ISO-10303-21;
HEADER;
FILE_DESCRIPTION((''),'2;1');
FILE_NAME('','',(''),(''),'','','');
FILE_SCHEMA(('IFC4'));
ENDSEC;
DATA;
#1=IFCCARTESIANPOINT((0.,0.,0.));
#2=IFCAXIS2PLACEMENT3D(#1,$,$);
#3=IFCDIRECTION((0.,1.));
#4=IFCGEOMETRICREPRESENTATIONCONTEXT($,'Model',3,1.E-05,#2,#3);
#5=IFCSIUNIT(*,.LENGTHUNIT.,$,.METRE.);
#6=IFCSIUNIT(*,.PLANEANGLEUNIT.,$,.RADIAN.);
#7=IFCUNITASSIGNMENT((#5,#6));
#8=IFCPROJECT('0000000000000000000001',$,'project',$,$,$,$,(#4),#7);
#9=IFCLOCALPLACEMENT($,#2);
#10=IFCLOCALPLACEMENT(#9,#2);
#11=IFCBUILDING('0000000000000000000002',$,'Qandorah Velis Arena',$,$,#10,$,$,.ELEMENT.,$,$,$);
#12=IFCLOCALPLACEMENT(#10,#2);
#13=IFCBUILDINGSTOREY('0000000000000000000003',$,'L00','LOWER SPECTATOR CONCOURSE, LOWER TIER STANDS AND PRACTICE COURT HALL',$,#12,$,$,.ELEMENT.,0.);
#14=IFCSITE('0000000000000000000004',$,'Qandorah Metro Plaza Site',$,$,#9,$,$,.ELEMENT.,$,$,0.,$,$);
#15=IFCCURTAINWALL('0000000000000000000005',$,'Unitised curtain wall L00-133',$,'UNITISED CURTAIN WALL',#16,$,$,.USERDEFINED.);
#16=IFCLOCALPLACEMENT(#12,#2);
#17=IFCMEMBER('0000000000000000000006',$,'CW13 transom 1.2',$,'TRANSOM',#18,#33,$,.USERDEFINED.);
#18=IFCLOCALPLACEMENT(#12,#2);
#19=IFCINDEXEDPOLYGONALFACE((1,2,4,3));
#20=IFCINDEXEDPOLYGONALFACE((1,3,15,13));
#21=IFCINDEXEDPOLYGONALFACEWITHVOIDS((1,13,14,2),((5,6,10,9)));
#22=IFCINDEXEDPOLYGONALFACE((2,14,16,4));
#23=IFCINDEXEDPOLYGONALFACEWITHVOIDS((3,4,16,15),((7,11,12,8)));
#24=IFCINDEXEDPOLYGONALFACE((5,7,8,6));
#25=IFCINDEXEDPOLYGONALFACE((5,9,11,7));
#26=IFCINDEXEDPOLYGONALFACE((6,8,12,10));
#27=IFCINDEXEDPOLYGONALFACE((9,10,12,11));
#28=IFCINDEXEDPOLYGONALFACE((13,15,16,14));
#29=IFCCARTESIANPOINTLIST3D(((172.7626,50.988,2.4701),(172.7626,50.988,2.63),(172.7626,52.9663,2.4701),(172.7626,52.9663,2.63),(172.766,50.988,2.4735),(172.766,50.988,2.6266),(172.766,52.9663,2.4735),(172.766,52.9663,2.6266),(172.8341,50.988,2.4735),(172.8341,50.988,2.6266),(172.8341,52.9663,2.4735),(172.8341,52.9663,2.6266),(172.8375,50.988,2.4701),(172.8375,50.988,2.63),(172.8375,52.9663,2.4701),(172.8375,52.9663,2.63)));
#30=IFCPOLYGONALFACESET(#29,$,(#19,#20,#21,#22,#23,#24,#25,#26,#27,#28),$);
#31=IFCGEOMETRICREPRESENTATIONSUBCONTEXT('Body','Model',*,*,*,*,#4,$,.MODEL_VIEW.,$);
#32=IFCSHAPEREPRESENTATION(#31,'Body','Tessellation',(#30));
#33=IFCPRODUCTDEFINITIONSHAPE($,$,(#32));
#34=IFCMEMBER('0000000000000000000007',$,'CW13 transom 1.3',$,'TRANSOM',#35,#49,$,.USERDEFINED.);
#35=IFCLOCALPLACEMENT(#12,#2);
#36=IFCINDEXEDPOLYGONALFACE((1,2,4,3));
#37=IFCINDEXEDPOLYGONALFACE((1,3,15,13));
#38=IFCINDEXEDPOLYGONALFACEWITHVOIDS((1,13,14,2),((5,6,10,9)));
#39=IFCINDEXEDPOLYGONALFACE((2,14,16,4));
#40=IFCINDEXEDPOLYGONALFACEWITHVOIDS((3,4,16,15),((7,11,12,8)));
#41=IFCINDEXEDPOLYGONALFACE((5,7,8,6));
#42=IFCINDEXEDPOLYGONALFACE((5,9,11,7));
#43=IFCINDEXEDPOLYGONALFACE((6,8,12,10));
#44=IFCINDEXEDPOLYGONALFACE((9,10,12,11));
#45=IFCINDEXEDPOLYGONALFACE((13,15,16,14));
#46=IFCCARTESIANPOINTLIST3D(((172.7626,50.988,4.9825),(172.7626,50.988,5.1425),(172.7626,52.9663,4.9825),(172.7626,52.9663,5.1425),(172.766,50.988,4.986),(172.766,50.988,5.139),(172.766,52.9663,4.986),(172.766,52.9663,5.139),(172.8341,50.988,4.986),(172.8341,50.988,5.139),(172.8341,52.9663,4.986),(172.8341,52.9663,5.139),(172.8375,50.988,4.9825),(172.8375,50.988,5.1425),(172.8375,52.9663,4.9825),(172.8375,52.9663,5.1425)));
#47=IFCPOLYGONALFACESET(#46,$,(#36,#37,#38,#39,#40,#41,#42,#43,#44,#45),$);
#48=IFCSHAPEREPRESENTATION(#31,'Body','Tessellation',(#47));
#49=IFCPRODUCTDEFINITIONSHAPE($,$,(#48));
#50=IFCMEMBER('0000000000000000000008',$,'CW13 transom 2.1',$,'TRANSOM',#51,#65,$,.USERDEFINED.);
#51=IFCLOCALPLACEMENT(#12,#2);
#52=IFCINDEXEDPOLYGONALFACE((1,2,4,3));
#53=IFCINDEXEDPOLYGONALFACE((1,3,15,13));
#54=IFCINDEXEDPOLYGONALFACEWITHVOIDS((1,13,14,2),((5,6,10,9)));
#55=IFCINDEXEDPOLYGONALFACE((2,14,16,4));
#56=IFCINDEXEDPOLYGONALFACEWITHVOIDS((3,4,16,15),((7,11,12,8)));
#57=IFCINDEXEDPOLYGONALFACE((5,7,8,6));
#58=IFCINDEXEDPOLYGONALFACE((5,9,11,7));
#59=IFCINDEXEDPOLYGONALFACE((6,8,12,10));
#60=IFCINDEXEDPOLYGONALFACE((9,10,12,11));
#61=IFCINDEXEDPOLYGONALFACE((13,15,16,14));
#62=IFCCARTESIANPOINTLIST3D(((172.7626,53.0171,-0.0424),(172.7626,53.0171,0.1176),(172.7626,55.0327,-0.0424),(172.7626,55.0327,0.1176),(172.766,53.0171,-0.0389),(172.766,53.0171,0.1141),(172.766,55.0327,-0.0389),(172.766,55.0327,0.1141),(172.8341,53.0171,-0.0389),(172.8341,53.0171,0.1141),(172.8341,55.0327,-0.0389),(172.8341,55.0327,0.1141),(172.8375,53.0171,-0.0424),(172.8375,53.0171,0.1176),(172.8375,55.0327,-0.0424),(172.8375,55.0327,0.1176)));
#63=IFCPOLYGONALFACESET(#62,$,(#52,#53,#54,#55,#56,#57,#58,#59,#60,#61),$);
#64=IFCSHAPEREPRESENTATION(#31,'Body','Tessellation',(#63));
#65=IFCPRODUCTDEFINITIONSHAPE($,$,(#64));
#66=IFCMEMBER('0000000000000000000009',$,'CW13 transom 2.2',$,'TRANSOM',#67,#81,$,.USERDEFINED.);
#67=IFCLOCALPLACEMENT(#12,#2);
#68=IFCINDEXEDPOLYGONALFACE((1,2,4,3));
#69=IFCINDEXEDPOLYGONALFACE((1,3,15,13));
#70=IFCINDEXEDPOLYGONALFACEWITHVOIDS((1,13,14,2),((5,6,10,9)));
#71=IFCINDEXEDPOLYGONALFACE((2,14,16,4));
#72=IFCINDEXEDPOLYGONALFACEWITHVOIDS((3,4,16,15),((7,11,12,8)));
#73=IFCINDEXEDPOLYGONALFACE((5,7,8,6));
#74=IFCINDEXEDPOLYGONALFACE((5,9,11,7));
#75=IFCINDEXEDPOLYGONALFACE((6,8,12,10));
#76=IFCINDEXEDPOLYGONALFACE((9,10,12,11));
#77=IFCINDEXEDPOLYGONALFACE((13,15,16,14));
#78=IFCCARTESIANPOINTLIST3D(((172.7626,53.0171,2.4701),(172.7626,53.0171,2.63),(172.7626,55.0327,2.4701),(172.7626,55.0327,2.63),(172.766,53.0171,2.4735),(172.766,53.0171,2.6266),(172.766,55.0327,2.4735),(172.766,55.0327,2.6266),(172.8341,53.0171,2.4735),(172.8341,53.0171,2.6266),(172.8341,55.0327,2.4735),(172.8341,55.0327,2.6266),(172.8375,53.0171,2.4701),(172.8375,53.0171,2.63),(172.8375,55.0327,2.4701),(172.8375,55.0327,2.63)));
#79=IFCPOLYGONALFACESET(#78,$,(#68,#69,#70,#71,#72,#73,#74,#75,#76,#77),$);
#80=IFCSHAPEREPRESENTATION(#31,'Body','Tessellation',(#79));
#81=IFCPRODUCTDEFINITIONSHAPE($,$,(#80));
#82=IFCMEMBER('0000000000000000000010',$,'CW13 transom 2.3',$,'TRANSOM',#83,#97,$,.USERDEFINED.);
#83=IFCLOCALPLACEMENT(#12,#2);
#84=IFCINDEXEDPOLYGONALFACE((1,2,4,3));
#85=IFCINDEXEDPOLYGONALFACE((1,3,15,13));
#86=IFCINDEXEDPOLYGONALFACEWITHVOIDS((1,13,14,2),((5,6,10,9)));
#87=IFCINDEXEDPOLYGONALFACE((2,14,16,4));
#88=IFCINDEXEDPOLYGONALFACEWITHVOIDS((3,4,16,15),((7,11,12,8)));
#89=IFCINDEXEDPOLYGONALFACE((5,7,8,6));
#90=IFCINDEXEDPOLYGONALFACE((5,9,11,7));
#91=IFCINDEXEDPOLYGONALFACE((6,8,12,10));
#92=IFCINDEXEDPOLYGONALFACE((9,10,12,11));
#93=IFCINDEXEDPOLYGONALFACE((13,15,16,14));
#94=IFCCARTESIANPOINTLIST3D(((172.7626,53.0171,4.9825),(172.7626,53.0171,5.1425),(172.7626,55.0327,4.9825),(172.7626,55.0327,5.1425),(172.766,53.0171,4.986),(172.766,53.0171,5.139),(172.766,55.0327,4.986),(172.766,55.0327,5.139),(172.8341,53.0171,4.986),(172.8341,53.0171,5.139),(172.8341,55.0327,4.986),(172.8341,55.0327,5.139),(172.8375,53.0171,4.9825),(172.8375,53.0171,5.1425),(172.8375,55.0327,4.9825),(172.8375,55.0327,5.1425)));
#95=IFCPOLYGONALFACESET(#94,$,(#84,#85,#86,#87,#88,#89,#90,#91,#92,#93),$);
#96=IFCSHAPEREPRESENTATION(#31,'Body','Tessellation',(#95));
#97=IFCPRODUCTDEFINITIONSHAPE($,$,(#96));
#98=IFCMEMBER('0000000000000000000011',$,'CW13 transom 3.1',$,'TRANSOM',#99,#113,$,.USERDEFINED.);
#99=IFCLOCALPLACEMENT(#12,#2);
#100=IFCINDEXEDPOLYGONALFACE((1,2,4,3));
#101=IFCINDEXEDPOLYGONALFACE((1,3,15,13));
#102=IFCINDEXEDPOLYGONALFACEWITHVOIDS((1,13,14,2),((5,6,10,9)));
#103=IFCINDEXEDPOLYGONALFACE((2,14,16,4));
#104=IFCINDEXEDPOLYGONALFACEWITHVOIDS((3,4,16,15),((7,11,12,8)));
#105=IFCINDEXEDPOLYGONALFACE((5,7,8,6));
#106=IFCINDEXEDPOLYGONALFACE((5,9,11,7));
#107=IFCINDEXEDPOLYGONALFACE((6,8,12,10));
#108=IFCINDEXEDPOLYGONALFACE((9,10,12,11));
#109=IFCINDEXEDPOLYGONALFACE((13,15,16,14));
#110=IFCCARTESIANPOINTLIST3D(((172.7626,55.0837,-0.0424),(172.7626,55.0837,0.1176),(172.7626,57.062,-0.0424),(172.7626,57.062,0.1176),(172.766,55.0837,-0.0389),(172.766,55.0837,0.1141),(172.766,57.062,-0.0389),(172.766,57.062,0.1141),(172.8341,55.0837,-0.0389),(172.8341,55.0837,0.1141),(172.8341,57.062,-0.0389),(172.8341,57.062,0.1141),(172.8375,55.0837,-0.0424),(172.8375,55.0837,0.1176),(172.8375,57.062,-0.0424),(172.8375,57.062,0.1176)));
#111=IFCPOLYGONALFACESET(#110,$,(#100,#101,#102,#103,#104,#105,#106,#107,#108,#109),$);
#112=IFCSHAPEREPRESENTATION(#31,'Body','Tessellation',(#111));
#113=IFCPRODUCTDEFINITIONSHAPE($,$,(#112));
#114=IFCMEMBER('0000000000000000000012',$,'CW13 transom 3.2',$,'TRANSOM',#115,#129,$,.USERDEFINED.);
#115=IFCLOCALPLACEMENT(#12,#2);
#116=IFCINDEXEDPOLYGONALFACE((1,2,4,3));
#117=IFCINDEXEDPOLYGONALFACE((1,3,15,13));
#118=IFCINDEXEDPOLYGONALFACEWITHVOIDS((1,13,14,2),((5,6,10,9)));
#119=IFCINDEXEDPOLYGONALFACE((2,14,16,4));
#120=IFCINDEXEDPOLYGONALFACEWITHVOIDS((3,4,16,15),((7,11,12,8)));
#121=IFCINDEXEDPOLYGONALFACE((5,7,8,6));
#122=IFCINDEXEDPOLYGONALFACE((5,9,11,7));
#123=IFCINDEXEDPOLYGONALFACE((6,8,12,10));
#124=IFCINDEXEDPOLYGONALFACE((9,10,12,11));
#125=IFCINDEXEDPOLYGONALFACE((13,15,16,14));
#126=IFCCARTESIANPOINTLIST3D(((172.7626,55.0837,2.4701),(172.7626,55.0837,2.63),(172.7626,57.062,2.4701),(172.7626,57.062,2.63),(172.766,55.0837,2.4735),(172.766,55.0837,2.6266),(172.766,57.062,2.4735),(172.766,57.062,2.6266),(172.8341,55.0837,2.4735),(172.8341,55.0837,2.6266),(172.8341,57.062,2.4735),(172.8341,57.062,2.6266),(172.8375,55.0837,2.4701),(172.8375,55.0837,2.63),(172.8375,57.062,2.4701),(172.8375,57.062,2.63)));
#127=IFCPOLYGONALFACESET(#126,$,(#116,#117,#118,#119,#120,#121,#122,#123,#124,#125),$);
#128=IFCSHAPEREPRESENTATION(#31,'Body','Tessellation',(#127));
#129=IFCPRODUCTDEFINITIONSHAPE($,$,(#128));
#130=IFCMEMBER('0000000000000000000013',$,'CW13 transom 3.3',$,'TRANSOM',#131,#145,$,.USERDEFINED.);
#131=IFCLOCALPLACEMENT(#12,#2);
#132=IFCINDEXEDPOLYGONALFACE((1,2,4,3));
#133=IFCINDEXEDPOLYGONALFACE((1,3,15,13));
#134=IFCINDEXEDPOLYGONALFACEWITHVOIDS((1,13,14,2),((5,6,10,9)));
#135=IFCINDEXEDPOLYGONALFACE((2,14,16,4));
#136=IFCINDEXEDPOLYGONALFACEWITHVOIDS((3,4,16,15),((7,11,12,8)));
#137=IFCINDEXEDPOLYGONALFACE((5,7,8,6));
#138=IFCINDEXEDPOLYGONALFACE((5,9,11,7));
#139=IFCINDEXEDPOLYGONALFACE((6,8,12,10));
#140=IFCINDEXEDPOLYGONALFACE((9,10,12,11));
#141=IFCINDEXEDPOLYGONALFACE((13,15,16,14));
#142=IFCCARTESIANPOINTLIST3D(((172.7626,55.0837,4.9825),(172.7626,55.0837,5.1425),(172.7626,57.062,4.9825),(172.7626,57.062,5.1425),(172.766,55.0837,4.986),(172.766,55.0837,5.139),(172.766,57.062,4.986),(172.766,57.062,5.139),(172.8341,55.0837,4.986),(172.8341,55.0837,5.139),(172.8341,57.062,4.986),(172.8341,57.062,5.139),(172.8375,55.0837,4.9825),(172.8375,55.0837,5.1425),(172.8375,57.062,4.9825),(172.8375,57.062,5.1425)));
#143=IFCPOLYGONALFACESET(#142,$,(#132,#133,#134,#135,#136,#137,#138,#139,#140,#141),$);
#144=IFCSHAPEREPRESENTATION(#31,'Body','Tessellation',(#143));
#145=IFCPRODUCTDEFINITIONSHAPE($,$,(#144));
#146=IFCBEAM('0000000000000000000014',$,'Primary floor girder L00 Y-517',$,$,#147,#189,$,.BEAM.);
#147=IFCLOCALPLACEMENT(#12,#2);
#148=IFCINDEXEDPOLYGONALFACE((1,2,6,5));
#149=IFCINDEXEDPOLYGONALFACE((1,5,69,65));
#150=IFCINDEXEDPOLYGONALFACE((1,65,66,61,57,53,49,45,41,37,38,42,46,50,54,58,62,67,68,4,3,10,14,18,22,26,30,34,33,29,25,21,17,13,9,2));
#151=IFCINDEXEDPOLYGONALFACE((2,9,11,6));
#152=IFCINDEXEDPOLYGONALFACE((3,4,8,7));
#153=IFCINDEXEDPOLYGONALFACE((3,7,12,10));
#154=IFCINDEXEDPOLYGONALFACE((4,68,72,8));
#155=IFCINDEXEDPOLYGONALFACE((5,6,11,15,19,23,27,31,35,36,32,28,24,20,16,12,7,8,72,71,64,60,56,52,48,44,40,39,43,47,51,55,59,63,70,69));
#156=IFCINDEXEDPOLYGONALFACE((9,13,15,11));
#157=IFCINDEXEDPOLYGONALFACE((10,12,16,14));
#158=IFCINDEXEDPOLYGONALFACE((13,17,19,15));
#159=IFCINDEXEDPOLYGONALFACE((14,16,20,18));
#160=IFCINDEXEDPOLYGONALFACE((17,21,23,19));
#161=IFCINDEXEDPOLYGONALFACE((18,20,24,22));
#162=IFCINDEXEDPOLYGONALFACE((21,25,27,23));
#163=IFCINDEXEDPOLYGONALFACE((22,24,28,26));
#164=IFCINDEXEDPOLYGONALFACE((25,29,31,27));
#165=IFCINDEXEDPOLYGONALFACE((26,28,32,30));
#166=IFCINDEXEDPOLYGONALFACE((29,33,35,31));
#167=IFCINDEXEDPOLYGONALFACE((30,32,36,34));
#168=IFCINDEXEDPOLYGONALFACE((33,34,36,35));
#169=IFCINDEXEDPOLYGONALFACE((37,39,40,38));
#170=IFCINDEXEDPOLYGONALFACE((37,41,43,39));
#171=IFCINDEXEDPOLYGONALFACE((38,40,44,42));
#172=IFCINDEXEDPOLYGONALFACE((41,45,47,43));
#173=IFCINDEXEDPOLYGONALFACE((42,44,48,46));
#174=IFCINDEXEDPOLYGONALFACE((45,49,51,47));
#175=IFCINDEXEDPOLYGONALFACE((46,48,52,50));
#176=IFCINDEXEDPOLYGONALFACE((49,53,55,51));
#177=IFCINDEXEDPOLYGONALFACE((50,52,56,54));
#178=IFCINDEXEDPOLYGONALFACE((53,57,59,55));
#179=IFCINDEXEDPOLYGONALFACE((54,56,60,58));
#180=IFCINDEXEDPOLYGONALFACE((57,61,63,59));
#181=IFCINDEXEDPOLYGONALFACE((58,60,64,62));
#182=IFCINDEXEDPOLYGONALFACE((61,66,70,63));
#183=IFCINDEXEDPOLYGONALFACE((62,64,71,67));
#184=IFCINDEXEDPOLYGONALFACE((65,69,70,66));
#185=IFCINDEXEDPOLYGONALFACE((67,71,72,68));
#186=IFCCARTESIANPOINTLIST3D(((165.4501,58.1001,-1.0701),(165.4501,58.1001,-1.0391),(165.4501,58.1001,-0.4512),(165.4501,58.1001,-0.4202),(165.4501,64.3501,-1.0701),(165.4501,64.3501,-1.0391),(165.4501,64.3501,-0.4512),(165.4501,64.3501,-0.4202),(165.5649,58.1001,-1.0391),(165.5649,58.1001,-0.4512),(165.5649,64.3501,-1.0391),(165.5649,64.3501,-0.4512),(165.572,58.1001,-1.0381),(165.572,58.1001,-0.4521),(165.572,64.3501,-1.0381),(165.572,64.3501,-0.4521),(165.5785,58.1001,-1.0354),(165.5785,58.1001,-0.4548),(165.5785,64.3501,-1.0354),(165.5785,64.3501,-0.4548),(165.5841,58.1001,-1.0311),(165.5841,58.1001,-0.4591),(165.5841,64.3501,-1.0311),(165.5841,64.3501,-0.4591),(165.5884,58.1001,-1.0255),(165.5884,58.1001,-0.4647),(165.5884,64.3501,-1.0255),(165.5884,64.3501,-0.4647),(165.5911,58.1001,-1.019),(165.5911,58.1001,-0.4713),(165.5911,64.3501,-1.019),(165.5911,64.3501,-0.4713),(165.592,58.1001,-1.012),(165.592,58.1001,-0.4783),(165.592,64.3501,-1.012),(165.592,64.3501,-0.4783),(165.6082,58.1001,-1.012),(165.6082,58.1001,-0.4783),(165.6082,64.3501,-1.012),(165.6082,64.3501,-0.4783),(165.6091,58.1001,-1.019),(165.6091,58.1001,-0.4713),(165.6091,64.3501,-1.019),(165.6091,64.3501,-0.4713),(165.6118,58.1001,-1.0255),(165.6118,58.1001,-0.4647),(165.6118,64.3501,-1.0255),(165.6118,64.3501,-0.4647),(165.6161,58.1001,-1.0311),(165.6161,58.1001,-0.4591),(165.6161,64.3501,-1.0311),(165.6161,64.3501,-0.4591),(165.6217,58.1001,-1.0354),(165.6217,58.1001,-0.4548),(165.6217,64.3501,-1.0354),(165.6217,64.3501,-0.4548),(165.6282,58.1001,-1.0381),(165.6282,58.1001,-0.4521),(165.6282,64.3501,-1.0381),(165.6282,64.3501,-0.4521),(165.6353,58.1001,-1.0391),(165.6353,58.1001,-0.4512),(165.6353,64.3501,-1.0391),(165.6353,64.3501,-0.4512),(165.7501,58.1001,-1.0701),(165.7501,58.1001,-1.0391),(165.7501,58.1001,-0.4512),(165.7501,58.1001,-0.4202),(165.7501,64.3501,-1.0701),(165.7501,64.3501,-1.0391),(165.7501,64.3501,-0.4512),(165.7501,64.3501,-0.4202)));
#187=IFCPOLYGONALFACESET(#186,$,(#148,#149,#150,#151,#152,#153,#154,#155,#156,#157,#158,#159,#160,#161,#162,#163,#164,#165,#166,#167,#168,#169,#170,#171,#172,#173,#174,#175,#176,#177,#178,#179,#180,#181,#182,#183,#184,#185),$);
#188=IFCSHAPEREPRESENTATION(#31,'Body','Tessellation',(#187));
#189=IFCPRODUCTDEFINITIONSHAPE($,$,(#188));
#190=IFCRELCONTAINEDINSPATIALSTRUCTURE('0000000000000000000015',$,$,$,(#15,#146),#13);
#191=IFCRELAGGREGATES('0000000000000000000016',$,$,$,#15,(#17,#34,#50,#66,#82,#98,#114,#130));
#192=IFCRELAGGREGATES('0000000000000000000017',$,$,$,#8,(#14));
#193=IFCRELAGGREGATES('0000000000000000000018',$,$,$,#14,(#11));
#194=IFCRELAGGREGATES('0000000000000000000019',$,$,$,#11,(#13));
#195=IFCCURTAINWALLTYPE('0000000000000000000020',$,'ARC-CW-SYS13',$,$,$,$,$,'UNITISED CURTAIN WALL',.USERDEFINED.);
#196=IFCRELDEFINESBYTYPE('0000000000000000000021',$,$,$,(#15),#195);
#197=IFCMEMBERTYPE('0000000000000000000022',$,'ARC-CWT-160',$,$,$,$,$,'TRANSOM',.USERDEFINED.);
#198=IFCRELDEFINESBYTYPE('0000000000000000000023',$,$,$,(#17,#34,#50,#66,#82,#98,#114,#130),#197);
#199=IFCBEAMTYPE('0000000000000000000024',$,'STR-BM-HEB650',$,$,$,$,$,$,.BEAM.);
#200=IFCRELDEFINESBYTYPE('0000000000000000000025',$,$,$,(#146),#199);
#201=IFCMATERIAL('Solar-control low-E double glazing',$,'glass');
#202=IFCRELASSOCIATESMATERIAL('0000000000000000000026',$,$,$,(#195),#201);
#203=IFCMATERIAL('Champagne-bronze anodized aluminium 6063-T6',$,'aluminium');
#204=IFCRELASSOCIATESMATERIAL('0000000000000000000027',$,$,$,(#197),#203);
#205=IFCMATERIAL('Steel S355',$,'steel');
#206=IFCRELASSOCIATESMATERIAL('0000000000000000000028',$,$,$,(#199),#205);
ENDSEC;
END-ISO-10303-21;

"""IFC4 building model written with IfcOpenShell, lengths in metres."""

from ifc_helpers import new_model, si_unit, direction, frame, origin, origin_2d, place, context, subcontext, project, spatial, hollow_rectangle, i_section, extrude, material, material_profile, profile_set, type_object, element, aggregate, save


model = new_model("IFC4")

# Units and contexts
model_context = context("Model", 3, precision=1e-05, world=origin(), true_north=direction((0.0, 1.0)))
body_context = subcontext(model_context, "Body", "Model", "MODEL_VIEW")
ifc_project = project(units=[si_unit("LENGTHUNIT", "METRE"), si_unit("PLANEANGLEUNIT", "RADIAN")], contexts=[model_context])

# Site, building, storey
site_placement = place(None, origin())
site = spatial("IfcSite", under=ifc_project, at=site_placement, Name="Qandorah Metro Plaza Site", CompositionType="ELEMENT", RefElevation=0.0)
building_placement = place(site_placement, origin())
building = spatial("IfcBuilding", under=site, at=building_placement, Name="Qandorah Velis Arena", CompositionType="ELEMENT")
storey_placement = place(building_placement, origin())
storey = spatial("IfcBuildingStorey", under=building, at=storey_placement, Name="L00", Description="LOWER SPECTATOR CONCOURSE, LOWER TIER STANDS AND PRACTICE COURT HALL", CompositionType="ELEMENT", Elevation=0.0)

# Shared definitions
ifc_material_1 = material(Name="Solar-control low-E double glazing", Category="glass")
ifc_material_2 = material(Name="Champagne-bronze anodized aluminium 6063-T6", Category="aluminium")

# Curtain wall, members
curtain_wall_type_1 = type_object("IfcCurtainWallType", Name="ARC-CW-SYS13", ElementType="UNITISED CURTAIN WALL", PredefinedType="USERDEFINED", material=ifc_material_1)
curtain_wall_1_placement = place(storey_placement, origin())
curtain_wall_1 = element("IfcCurtainWall", 1, at=curtain_wall_1_placement, inside=storey, type_object=curtain_wall_type_1, Name="Unitised curtain wall L00-133", ObjectType="UNITISED CURTAIN WALL", PredefinedType="USERDEFINED")
ifc_material_profile_1 = material_profile(ifc_material_2, hollow_rectangle(XDim=0.075, YDim=0.1599, WallThickness=0.0034, at=origin_2d()), Name="ALU TRANSOM 75x160")
ifc_profile_set_1 = profile_set([ifc_material_profile_1], Name="Champagne-bronze anodized aluminium 6063-T6")
member_type_1 = type_object("IfcMemberType", Name="ARC-CWT-160", ElementType="TRANSOM", PredefinedType="USERDEFINED", material=ifc_profile_set_1)
member_1_placement = place(storey_placement, frame((172.8, 50.988, 2.55), z_axis=(0.0, 1.0, 0.0), x_axis=(-1.0, 0.0, 0.0)))
member_1 = element("IfcMember", 2, at=member_1_placement, type_object=member_type_1, Name="CW13 transom 1.2", ObjectType="TRANSOM", PredefinedType="USERDEFINED", context=body_context, shape_type="SweptSolid", body=[
    extrude(hollow_rectangle(XDim=0.075, YDim=0.1599, WallThickness=0.0034, at=origin_2d()), origin(), (0.0, 0.0, 1.0), 1.9783),
])
member_2_placement = place(storey_placement, frame((172.8, 50.988, 5.0625), z_axis=(0.0, 1.0, 0.0), x_axis=(-1.0, 0.0, 0.0)))
member_2 = element("IfcMember", 3, at=member_2_placement, type_object=member_type_1, Name="CW13 transom 1.3", ObjectType="TRANSOM", PredefinedType="USERDEFINED", context=body_context, shape_type="SweptSolid", body=[
    extrude(hollow_rectangle(XDim=0.075, YDim=0.1599, WallThickness=0.0034, at=origin_2d()), origin(), (0.0, 0.0, 1.0), 1.9783),
])
member_3_placement = place(storey_placement, frame((172.8, 53.0171, 0.0376), z_axis=(0.0, 1.0, 0.0), x_axis=(-1.0, 0.0, 0.0)))
member_3 = element("IfcMember", 4, at=member_3_placement, type_object=member_type_1, Name="CW13 transom 2.1", ObjectType="TRANSOM", PredefinedType="USERDEFINED", context=body_context, shape_type="SweptSolid", body=[
    extrude(hollow_rectangle(XDim=0.075, YDim=0.1599, WallThickness=0.0034, at=origin_2d()), origin(), (0.0, 0.0, 1.0), 2.0156),
])
member_4_placement = place(storey_placement, frame((172.8, 53.0171, 2.55), z_axis=(0.0, 1.0, 0.0), x_axis=(-1.0, 0.0, 0.0)))
member_4 = element("IfcMember", 5, at=member_4_placement, type_object=member_type_1, Name="CW13 transom 2.2", ObjectType="TRANSOM", PredefinedType="USERDEFINED", context=body_context, shape_type="SweptSolid", body=[
    extrude(hollow_rectangle(XDim=0.075, YDim=0.1599, WallThickness=0.0034, at=origin_2d()), origin(), (0.0, 0.0, 1.0), 2.0156),
])
member_5_placement = place(storey_placement, frame((172.8, 53.0171, 5.0625), z_axis=(0.0, 1.0, 0.0), x_axis=(-1.0, 0.0, 0.0)))
member_5 = element("IfcMember", 6, at=member_5_placement, type_object=member_type_1, Name="CW13 transom 2.3", ObjectType="TRANSOM", PredefinedType="USERDEFINED", context=body_context, shape_type="SweptSolid", body=[
    extrude(hollow_rectangle(XDim=0.075, YDim=0.1599, WallThickness=0.0034, at=origin_2d()), origin(), (0.0, 0.0, 1.0), 2.0156),
])
member_6_placement = place(storey_placement, frame((172.8, 55.0837, 0.0376), z_axis=(0.0, 1.0, 0.0), x_axis=(-1.0, 0.0, 0.0)))
member_6 = element("IfcMember", 7, at=member_6_placement, type_object=member_type_1, Name="CW13 transom 3.1", ObjectType="TRANSOM", PredefinedType="USERDEFINED", context=body_context, shape_type="SweptSolid", body=[
    extrude(hollow_rectangle(XDim=0.075, YDim=0.1599, WallThickness=0.0034, at=origin_2d()), origin(), (0.0, 0.0, 1.0), 1.9783),
])
member_7_placement = place(storey_placement, frame((172.8, 55.0837, 2.55), z_axis=(0.0, 1.0, 0.0), x_axis=(-1.0, 0.0, 0.0)))
member_7 = element("IfcMember", 8, at=member_7_placement, type_object=member_type_1, Name="CW13 transom 3.2", ObjectType="TRANSOM", PredefinedType="USERDEFINED", context=body_context, shape_type="SweptSolid", body=[
    extrude(hollow_rectangle(XDim=0.075, YDim=0.1599, WallThickness=0.0034, at=origin_2d()), origin(), (0.0, 0.0, 1.0), 1.9783),
])
member_8_placement = place(storey_placement, frame((172.8, 55.0837, 5.0625), z_axis=(0.0, 1.0, 0.0), x_axis=(-1.0, 0.0, 0.0)))
member_8 = element("IfcMember", 9, at=member_8_placement, type_object=member_type_1, Name="CW13 transom 3.3", ObjectType="TRANSOM", PredefinedType="USERDEFINED", context=body_context, shape_type="SweptSolid", body=[
    extrude(hollow_rectangle(XDim=0.075, YDim=0.1599, WallThickness=0.0034, at=origin_2d()), origin(), (0.0, 0.0, 1.0), 1.9783),
])

# Beam
ifc_material_3 = material(Name="Steel S355", Category="steel")
ifc_material_profile_2 = material_profile(ifc_material_3, i_section(OverallWidth=0.3, OverallDepth=0.6499, WebThickness=0.0161, FlangeThickness=0.031, FilletRadius=0.0271, at=origin_2d()), Name="HEB 650")
ifc_profile_set_2 = profile_set([ifc_material_profile_2], Name="Steel S355")
beam_type_1 = type_object("IfcBeamType", Name="STR-BM-HEB650", PredefinedType="BEAM", material=ifc_profile_set_2)
for number, where, z_axis, x_axis, name in (
    (10, (165.6001, 58.1001, -0.7451), (0.0, 1.0, 0.0), (-1.0, 0.0, 0.0), "Primary floor girder L00 Y-517"),
):
    element("IfcBeam", number, at=place(storey_placement, frame(where, z_axis=z_axis, x_axis=x_axis)), inside=storey, type_object=beam_type_1, Name=name, PredefinedType="BEAM", context=body_context, shape_type="SweptSolid", body=[
        extrude(i_section(OverallWidth=0.3, OverallDepth=0.6499, WebThickness=0.0161, FlangeThickness=0.031, FilletRadius=0.0271, at=origin_2d()), origin(), (0.0, 0.0, 1.0), 6.25),
    ])

aggregate(curtain_wall_1, [member_1, member_2, member_3, member_4, member_5, member_6, member_7, member_8])

save(model, "model.ifc")
